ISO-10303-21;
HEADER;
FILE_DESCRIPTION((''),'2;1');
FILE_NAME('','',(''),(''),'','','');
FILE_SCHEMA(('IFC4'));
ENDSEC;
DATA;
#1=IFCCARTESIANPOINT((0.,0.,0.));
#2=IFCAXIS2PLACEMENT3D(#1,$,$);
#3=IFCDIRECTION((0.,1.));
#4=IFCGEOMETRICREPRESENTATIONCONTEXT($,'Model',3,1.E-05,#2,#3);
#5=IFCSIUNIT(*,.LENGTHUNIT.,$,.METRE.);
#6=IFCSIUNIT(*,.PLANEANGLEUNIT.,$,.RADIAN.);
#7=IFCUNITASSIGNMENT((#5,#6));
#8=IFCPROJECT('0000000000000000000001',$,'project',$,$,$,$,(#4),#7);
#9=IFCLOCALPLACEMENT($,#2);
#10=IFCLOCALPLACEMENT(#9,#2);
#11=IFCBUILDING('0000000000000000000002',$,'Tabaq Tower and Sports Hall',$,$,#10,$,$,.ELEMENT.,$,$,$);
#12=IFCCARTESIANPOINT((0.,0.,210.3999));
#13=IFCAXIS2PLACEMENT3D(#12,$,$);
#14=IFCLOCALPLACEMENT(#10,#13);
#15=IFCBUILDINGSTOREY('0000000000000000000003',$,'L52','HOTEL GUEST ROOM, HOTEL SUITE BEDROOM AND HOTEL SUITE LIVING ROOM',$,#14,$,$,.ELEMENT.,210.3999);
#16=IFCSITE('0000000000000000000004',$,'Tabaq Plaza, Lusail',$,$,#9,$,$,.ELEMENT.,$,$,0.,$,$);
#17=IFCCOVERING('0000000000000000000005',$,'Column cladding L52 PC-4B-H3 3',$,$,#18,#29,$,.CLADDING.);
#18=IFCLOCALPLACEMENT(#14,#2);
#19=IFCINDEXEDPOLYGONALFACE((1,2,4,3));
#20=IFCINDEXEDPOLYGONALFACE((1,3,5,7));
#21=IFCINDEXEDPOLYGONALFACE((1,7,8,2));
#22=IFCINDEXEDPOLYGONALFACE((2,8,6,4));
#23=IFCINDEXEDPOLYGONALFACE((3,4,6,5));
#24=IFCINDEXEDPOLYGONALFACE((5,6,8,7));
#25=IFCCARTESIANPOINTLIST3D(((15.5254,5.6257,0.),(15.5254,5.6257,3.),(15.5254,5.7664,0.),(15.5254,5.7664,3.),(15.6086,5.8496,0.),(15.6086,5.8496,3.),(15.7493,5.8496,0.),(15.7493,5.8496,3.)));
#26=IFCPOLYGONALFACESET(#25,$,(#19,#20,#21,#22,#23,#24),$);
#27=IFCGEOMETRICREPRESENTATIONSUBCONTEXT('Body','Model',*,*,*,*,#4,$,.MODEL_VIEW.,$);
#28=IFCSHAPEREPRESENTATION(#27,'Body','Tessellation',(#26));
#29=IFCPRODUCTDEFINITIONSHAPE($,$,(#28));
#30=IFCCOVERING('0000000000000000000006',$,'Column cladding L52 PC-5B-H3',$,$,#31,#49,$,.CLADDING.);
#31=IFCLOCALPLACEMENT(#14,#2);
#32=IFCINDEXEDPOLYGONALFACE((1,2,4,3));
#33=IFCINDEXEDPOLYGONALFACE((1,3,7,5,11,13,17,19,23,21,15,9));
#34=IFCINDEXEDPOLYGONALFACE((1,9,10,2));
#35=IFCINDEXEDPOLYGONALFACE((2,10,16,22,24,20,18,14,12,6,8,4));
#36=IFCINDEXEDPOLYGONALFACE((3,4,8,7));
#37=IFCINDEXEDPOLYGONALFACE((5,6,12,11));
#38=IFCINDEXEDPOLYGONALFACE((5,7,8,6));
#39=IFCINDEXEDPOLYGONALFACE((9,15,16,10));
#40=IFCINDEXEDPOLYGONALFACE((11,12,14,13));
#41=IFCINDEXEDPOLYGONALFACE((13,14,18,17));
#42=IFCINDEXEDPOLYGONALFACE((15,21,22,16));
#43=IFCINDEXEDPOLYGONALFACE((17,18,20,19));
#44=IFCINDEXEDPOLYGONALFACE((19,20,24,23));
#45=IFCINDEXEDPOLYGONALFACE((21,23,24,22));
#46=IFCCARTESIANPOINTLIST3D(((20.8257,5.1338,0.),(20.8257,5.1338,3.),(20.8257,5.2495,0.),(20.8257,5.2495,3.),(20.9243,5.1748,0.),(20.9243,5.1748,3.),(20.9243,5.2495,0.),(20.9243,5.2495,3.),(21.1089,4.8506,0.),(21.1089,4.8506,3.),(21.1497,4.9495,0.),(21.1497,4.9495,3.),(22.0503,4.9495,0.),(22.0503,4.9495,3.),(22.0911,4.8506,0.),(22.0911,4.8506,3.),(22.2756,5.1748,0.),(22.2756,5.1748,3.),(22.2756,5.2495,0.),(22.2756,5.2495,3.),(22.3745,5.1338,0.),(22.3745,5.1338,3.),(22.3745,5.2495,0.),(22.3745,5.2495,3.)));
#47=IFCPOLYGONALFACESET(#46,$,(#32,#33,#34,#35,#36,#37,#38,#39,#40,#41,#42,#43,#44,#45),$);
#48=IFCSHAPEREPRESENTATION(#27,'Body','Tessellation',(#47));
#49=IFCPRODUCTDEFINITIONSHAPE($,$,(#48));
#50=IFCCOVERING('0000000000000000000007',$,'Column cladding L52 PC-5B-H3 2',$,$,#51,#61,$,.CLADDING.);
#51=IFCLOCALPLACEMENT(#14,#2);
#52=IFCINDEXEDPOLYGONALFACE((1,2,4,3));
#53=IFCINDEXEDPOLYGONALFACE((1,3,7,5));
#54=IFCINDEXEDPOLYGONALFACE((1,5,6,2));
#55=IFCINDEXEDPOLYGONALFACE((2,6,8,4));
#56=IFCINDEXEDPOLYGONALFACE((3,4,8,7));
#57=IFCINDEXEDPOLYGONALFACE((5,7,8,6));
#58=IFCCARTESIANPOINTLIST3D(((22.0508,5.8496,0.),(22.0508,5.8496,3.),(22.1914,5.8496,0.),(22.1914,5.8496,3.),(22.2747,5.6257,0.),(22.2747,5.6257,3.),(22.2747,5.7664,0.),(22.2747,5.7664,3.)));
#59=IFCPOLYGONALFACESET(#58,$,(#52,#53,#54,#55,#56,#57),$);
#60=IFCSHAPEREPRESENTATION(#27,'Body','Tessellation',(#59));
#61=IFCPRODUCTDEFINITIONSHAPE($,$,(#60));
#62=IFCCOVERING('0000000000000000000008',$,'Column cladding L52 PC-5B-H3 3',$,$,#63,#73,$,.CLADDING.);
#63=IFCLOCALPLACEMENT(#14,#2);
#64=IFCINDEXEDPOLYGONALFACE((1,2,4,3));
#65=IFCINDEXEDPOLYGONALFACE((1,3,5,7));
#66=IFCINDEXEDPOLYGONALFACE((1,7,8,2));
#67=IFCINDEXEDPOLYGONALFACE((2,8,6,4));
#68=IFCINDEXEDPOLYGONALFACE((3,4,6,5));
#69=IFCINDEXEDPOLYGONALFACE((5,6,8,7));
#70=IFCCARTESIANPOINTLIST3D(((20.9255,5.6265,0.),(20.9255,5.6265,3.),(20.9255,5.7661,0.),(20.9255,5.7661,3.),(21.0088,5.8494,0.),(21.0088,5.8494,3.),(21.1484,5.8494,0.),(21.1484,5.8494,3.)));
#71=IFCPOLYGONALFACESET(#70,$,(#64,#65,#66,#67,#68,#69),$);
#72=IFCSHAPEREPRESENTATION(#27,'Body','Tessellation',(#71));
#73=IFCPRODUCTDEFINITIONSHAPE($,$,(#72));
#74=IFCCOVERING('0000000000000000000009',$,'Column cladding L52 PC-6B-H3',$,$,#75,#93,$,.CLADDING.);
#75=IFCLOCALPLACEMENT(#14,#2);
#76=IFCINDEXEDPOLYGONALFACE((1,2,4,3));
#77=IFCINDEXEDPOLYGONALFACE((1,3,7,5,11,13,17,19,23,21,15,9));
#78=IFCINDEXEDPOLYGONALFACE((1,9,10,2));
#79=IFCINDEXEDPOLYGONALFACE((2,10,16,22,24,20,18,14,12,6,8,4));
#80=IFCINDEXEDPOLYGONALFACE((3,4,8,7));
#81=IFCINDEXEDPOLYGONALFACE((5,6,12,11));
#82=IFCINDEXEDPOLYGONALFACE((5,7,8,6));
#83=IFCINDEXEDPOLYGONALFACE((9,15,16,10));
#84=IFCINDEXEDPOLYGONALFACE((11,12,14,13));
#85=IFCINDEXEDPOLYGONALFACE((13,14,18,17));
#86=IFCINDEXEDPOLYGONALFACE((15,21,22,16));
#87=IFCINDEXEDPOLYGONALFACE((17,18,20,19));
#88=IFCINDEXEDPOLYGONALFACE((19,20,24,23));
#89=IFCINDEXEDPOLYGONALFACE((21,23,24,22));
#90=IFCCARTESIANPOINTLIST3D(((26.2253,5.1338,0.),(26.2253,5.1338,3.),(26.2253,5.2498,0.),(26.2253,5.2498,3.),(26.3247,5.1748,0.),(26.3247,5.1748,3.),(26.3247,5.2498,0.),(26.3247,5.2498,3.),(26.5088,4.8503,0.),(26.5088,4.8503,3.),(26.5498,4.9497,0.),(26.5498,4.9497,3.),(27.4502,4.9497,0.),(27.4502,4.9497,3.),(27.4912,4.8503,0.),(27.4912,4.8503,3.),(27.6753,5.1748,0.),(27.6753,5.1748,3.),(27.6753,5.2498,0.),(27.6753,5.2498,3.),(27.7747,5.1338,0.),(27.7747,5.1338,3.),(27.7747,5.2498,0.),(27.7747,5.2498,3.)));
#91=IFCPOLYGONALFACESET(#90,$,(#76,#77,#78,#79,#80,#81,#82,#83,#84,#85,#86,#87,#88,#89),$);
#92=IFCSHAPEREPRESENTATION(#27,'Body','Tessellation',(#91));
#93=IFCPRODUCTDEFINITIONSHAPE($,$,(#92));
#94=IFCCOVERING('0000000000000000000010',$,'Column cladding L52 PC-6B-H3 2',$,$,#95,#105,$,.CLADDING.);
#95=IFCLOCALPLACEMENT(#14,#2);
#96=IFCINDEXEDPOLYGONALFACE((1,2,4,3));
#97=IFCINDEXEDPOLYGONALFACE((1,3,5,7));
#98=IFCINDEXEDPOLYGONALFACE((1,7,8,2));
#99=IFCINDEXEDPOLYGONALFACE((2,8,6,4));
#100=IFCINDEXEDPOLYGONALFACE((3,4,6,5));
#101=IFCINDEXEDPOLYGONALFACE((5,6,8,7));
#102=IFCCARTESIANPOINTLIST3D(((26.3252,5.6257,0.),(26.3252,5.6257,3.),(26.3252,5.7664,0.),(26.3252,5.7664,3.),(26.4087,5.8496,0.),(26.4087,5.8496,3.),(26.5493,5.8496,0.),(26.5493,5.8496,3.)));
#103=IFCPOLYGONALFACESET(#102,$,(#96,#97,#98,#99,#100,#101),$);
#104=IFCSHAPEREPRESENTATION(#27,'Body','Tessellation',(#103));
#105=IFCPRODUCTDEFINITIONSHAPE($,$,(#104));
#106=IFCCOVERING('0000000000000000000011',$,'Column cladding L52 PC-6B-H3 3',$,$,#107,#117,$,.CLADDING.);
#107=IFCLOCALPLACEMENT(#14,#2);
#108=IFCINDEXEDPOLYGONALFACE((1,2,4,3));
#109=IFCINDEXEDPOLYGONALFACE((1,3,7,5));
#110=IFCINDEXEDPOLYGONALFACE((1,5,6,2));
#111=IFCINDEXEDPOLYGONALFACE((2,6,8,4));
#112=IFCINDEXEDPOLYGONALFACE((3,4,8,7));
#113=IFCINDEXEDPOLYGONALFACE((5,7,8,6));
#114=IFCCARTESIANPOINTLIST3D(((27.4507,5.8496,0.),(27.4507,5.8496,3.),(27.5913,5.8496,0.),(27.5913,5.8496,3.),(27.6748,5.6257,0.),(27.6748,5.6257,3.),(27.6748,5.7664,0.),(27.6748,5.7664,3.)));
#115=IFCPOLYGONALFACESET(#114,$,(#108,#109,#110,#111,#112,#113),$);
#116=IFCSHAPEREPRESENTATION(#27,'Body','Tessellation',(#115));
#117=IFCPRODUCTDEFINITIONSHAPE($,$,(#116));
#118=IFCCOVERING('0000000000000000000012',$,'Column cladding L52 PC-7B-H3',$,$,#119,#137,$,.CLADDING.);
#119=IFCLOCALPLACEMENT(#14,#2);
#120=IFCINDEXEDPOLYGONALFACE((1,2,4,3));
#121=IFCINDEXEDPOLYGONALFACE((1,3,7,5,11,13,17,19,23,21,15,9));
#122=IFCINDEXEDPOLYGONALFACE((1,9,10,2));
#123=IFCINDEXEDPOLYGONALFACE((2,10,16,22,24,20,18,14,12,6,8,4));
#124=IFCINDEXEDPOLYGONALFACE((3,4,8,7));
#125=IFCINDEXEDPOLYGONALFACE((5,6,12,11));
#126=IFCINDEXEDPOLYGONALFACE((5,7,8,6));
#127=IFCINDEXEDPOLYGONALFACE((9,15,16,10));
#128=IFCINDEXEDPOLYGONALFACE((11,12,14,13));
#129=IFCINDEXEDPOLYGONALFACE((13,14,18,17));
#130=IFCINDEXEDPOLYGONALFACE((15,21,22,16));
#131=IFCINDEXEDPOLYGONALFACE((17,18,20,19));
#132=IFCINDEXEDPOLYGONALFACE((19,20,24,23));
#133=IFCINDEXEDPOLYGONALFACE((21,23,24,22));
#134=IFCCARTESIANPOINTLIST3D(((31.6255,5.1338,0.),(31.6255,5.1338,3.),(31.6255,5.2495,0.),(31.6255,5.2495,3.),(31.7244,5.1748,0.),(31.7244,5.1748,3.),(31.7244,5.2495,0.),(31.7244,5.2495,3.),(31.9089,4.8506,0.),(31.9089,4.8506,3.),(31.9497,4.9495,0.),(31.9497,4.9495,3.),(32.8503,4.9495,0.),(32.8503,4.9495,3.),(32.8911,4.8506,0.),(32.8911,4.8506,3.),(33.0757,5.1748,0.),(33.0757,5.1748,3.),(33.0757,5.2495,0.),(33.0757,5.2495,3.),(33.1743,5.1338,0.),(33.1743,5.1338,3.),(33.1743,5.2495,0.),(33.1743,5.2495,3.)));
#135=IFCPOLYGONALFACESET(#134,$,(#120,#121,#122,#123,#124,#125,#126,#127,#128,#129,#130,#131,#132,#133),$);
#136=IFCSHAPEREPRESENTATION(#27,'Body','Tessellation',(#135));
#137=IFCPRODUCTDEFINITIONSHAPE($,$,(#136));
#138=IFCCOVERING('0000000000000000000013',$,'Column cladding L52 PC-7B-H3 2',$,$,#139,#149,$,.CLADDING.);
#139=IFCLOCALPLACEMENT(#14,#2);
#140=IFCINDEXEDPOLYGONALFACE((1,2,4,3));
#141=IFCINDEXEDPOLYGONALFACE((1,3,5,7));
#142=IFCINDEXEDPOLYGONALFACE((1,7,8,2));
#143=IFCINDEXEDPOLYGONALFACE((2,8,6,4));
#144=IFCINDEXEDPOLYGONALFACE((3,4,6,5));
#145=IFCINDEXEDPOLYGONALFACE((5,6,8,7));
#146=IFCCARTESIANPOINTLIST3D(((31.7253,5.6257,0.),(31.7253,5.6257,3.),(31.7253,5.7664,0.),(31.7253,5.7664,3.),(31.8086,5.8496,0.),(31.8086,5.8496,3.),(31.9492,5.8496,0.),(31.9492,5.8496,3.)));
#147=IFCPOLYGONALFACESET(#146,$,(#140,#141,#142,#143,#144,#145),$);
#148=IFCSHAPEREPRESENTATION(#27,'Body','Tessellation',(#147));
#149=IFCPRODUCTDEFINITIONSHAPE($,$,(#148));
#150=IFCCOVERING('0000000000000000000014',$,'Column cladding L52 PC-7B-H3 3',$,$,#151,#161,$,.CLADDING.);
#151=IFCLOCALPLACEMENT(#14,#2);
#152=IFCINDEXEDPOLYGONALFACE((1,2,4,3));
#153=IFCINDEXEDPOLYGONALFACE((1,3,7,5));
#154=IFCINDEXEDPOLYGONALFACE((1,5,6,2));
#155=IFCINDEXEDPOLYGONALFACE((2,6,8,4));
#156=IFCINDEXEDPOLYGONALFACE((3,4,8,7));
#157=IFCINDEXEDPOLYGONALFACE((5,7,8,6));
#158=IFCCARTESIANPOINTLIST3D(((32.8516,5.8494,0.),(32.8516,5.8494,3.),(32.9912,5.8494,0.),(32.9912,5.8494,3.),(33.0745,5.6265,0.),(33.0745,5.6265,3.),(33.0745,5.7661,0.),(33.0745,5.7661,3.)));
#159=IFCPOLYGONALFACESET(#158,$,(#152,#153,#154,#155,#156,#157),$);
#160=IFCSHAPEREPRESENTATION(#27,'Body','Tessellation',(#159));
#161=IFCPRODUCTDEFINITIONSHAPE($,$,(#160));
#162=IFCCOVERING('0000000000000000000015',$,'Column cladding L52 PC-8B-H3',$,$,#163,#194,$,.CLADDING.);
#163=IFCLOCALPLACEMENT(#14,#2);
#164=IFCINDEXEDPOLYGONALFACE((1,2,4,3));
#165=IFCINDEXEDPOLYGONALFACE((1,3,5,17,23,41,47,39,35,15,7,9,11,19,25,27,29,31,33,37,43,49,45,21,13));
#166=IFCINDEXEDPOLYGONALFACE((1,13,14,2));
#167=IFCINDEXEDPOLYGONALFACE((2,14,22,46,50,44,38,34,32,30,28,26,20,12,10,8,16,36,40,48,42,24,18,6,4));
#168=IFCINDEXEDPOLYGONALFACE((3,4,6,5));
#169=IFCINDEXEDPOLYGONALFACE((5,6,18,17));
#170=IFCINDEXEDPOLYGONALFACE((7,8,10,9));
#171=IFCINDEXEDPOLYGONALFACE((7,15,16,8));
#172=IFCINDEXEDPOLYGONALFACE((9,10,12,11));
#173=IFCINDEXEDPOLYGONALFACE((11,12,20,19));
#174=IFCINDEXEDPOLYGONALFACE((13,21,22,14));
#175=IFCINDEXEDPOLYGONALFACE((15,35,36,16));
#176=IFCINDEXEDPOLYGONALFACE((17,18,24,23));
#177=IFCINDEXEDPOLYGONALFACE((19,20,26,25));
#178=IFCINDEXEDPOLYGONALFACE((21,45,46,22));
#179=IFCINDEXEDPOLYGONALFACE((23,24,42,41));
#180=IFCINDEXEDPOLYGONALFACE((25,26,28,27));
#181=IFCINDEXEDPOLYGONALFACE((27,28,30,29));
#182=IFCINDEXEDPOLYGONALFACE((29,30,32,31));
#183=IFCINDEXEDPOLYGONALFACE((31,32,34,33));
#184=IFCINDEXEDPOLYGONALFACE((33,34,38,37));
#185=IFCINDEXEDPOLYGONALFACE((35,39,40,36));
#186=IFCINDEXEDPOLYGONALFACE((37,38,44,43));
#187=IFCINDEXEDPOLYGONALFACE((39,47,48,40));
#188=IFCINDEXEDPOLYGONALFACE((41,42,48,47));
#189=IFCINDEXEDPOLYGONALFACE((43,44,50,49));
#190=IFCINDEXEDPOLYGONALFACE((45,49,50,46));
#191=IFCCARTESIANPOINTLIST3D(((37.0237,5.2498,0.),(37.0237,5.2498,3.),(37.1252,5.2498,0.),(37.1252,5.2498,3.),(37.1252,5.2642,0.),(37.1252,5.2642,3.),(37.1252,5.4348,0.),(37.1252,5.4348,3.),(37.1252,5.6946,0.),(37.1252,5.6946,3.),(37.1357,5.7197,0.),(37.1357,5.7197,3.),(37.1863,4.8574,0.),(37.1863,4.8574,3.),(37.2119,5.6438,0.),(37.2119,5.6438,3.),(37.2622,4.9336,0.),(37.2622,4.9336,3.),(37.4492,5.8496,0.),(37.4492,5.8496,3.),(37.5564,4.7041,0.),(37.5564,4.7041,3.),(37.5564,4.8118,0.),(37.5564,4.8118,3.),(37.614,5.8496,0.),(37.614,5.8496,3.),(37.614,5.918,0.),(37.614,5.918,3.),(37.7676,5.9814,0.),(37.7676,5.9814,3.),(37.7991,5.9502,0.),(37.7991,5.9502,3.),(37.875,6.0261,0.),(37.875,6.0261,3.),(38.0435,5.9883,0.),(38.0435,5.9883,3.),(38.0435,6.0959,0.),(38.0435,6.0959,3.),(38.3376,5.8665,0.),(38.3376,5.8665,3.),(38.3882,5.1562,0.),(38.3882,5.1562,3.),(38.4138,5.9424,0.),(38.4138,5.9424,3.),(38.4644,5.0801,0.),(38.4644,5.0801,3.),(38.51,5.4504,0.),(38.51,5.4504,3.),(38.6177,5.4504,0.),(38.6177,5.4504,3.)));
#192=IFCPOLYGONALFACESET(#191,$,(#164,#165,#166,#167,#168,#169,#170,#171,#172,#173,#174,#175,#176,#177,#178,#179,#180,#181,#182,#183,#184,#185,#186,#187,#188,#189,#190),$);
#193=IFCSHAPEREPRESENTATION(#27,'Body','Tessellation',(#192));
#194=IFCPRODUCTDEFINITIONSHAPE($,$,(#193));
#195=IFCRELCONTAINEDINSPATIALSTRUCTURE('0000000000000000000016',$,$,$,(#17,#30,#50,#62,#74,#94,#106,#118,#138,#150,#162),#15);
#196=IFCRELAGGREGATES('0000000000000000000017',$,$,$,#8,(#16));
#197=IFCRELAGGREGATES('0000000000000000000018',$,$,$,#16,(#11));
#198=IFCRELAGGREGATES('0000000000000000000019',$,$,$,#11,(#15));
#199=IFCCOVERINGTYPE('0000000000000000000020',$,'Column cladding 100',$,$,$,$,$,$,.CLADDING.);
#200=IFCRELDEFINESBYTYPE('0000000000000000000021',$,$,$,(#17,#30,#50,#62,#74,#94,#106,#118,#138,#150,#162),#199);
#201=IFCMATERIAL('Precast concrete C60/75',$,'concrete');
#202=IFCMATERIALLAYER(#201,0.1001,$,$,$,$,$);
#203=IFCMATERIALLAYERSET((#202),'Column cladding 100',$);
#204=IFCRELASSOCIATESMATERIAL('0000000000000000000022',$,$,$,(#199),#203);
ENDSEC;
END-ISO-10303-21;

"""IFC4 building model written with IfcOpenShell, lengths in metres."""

from ifc_helpers import new_model, si_unit, direction, frame, origin, place, context, subcontext, project, spatial, polyline, outline, extrude, material, layer, layer_set, type_object, element, save


model = new_model("IFC4")

# Units and contexts
model_context = context("Model", 3, precision=1e-05, world=origin(), true_north=direction((0.0, 1.0)))
body_context = subcontext(model_context, "Body", "Model", "MODEL_VIEW")
ifc_project = project(units=[si_unit("LENGTHUNIT", "METRE"), si_unit("PLANEANGLEUNIT", "RADIAN")], contexts=[model_context])

# Site, building, storey
site_placement = place(None, origin())
site = spatial("IfcSite", under=ifc_project, at=site_placement, Name="Tabaq Plaza, Lusail", CompositionType="ELEMENT", RefElevation=0.0)
building_placement = place(site_placement, origin())
building = spatial("IfcBuilding", under=site, at=building_placement, Name="Tabaq Tower and Sports Hall", CompositionType="ELEMENT")
storey_placement = place(building_placement, frame((0.0, 0.0, 210.3999)))
storey = spatial("IfcBuildingStorey", under=building, at=storey_placement, Name="L52", Description="HOTEL GUEST ROOM, HOTEL SUITE BEDROOM AND HOTEL SUITE LIVING ROOM", CompositionType="ELEMENT", Elevation=210.3999)

# Coverings
ifc_material_1 = material(Name="Precast concrete C60/75", Category="concrete")
ifc_layer_1 = layer(ifc_material_1, 0.1001)
ifc_layer_set_1 = layer_set([ifc_layer_1], Name="Column cladding 100")
covering_type = type_object("IfcCoveringType", Name="Column cladding 100", PredefinedType="CLADDING", material=ifc_layer_set_1)
covering_1_placement = place(storey_placement, origin())
element("IfcCovering", 1, at=covering_1_placement, inside=storey, type_object=covering_type, Name="Column cladding L52 PC-4B-H3 3", PredefinedType="CLADDING", context=body_context, shape_type="SweptSolid", body=[
    extrude(outline(polyline([(15.6086, 5.8496), (15.7493, 5.8496), (15.5254, 5.6257), (15.5254, 5.7664), (15.6086, 5.8496)])), origin(), (0.0, 0.0, 1.0), 3.0),
])
covering_2_placement = place(storey_placement, origin())
element("IfcCovering", 2, at=covering_2_placement, inside=storey, type_object=covering_type, Name="Column cladding L52 PC-5B-H3", PredefinedType="CLADDING", context=body_context, shape_type="SweptSolid", body=[
    extrude(outline(polyline([(20.8257, 5.2495), (20.9243, 5.2495), (20.9243, 5.1748), (21.1497, 4.9495), (22.0503, 4.9495), (22.2756, 5.1748), (22.2756, 5.2495), (22.3745, 5.2495), (22.3745, 5.1338), (22.0911, 4.8506), (21.1089, 4.8506), (20.8257, 5.1338), (20.8257, 5.2495)])), origin(), (0.0, 0.0, 1.0), 3.0),
])
covering_3_placement = place(storey_placement, origin())
element("IfcCovering", 3, at=covering_3_placement, inside=storey, type_object=covering_type, Name="Column cladding L52 PC-5B-H3 2", PredefinedType="CLADDING", context=body_context, shape_type="SweptSolid", body=[
    extrude(outline(polyline([(22.2747, 5.7664), (22.2747, 5.6257), (22.0508, 5.8496), (22.1914, 5.8496), (22.2747, 5.7664)])), origin(), (0.0, 0.0, 1.0), 3.0),
])
covering_4_placement = place(storey_placement, origin())
element("IfcCovering", 4, at=covering_4_placement, inside=storey, type_object=covering_type, Name="Column cladding L52 PC-5B-H3 3", PredefinedType="CLADDING", context=body_context, shape_type="SweptSolid", body=[
    extrude(outline(polyline([(20.9255, 5.6265), (20.9255, 5.7661), (21.0088, 5.8494), (21.1484, 5.8494), (20.9255, 5.6265)])), origin(), (0.0, 0.0, 1.0), 3.0),
])
covering_5_placement = place(storey_placement, origin())
element("IfcCovering", 5, at=covering_5_placement, inside=storey, type_object=covering_type, Name="Column cladding L52 PC-6B-H3", PredefinedType="CLADDING", context=body_context, shape_type="SweptSolid", body=[
    extrude(outline(polyline([(26.2253, 5.2498), (26.3247, 5.2498), (26.3247, 5.1748), (26.5498, 4.9497), (27.4502, 4.9497), (27.6753, 5.1748), (27.6753, 5.2498), (27.7747, 5.2498), (27.7747, 5.1338), (27.4912, 4.8503), (26.5088, 4.8503), (26.2253, 5.1338), (26.2253, 5.2498)])), origin(), (0.0, 0.0, 1.0), 3.0),
])
covering_6_placement = place(storey_placement, origin())
element("IfcCovering", 6, at=covering_6_placement, inside=storey, type_object=covering_type, Name="Column cladding L52 PC-6B-H3 2", PredefinedType="CLADDING", context=body_context, shape_type="SweptSolid", body=[
    extrude(outline(polyline([(26.4087, 5.8496), (26.5493, 5.8496), (26.3252, 5.6257), (26.3252, 5.7664), (26.4087, 5.8496)])), origin(), (0.0, 0.0, 1.0), 3.0),
])
covering_7_placement = place(storey_placement, origin())
element("IfcCovering", 7, at=covering_7_placement, inside=storey, type_object=covering_type, Name="Column cladding L52 PC-6B-H3 3", PredefinedType="CLADDING", context=body_context, shape_type="SweptSolid", body=[
    extrude(outline(polyline([(27.6748, 5.7664), (27.6748, 5.6257), (27.4507, 5.8496), (27.5913, 5.8496), (27.6748, 5.7664)])), origin(), (0.0, 0.0, 1.0), 3.0),
])
covering_8_placement = place(storey_placement, origin())
element("IfcCovering", 8, at=covering_8_placement, inside=storey, type_object=covering_type, Name="Column cladding L52 PC-7B-H3", PredefinedType="CLADDING", context=body_context, shape_type="SweptSolid", body=[
    extrude(outline(polyline([(31.6255, 5.2495), (31.7244, 5.2495), (31.7244, 5.1748), (31.9497, 4.9495), (32.8503, 4.9495), (33.0757, 5.1748), (33.0757, 5.2495), (33.1743, 5.2495), (33.1743, 5.1338), (32.8911, 4.8506), (31.9089, 4.8506), (31.6255, 5.1338), (31.6255, 5.2495)])), origin(), (0.0, 0.0, 1.0), 3.0),
])
covering_9_placement = place(storey_placement, origin())
element("IfcCovering", 9, at=covering_9_placement, inside=storey, type_object=covering_type, Name="Column cladding L52 PC-7B-H3 2", PredefinedType="CLADDING", context=body_context, shape_type="SweptSolid", body=[
    extrude(outline(polyline([(31.8086, 5.8496), (31.9492, 5.8496), (31.7253, 5.6257), (31.7253, 5.7664), (31.8086, 5.8496)])), origin(), (0.0, 0.0, 1.0), 3.0),
])
covering_10_placement = place(storey_placement, origin())
element("IfcCovering", 10, at=covering_10_placement, inside=storey, type_object=covering_type, Name="Column cladding L52 PC-7B-H3 3", PredefinedType="CLADDING", context=body_context, shape_type="SweptSolid", body=[
    extrude(outline(polyline([(33.0745, 5.6265), (32.8516, 5.8494), (32.9912, 5.8494), (33.0745, 5.7661), (33.0745, 5.6265)])), origin(), (0.0, 0.0, 1.0), 3.0),
])
covering_11_placement = place(storey_placement, origin())
element("IfcCovering", 11, at=covering_11_placement, inside=storey, type_object=covering_type, Name="Column cladding L52 PC-8B-H3", PredefinedType="CLADDING", context=body_context, shape_type="SweptSolid", body=[
    extrude(outline(polyline([(37.0237, 5.2498), (37.1252, 5.2498), (37.1252, 5.2642), (37.2622, 4.9336), (37.5564, 4.8118), (38.3882, 5.1562), (38.51, 5.4504), (38.3376, 5.8665), (38.0435, 5.9883), (37.2119, 5.6438), (37.1252, 5.4348), (37.1252, 5.6946), (37.1357, 5.7197), (37.4492, 5.8496), (37.614, 5.8496), (37.614, 5.918), (37.7676, 5.9814), (37.7991, 5.9502), (37.875, 6.0261), (38.0435, 6.0959), (38.4138, 5.9424), (38.6177, 5.4504), (38.4644, 5.0801), (37.5564, 4.7041), (37.1863, 4.8574), (37.0237, 5.2498)])), origin(), (0.0, 0.0, 1.0), 3.0),
])

save(model, "model.ifc")
